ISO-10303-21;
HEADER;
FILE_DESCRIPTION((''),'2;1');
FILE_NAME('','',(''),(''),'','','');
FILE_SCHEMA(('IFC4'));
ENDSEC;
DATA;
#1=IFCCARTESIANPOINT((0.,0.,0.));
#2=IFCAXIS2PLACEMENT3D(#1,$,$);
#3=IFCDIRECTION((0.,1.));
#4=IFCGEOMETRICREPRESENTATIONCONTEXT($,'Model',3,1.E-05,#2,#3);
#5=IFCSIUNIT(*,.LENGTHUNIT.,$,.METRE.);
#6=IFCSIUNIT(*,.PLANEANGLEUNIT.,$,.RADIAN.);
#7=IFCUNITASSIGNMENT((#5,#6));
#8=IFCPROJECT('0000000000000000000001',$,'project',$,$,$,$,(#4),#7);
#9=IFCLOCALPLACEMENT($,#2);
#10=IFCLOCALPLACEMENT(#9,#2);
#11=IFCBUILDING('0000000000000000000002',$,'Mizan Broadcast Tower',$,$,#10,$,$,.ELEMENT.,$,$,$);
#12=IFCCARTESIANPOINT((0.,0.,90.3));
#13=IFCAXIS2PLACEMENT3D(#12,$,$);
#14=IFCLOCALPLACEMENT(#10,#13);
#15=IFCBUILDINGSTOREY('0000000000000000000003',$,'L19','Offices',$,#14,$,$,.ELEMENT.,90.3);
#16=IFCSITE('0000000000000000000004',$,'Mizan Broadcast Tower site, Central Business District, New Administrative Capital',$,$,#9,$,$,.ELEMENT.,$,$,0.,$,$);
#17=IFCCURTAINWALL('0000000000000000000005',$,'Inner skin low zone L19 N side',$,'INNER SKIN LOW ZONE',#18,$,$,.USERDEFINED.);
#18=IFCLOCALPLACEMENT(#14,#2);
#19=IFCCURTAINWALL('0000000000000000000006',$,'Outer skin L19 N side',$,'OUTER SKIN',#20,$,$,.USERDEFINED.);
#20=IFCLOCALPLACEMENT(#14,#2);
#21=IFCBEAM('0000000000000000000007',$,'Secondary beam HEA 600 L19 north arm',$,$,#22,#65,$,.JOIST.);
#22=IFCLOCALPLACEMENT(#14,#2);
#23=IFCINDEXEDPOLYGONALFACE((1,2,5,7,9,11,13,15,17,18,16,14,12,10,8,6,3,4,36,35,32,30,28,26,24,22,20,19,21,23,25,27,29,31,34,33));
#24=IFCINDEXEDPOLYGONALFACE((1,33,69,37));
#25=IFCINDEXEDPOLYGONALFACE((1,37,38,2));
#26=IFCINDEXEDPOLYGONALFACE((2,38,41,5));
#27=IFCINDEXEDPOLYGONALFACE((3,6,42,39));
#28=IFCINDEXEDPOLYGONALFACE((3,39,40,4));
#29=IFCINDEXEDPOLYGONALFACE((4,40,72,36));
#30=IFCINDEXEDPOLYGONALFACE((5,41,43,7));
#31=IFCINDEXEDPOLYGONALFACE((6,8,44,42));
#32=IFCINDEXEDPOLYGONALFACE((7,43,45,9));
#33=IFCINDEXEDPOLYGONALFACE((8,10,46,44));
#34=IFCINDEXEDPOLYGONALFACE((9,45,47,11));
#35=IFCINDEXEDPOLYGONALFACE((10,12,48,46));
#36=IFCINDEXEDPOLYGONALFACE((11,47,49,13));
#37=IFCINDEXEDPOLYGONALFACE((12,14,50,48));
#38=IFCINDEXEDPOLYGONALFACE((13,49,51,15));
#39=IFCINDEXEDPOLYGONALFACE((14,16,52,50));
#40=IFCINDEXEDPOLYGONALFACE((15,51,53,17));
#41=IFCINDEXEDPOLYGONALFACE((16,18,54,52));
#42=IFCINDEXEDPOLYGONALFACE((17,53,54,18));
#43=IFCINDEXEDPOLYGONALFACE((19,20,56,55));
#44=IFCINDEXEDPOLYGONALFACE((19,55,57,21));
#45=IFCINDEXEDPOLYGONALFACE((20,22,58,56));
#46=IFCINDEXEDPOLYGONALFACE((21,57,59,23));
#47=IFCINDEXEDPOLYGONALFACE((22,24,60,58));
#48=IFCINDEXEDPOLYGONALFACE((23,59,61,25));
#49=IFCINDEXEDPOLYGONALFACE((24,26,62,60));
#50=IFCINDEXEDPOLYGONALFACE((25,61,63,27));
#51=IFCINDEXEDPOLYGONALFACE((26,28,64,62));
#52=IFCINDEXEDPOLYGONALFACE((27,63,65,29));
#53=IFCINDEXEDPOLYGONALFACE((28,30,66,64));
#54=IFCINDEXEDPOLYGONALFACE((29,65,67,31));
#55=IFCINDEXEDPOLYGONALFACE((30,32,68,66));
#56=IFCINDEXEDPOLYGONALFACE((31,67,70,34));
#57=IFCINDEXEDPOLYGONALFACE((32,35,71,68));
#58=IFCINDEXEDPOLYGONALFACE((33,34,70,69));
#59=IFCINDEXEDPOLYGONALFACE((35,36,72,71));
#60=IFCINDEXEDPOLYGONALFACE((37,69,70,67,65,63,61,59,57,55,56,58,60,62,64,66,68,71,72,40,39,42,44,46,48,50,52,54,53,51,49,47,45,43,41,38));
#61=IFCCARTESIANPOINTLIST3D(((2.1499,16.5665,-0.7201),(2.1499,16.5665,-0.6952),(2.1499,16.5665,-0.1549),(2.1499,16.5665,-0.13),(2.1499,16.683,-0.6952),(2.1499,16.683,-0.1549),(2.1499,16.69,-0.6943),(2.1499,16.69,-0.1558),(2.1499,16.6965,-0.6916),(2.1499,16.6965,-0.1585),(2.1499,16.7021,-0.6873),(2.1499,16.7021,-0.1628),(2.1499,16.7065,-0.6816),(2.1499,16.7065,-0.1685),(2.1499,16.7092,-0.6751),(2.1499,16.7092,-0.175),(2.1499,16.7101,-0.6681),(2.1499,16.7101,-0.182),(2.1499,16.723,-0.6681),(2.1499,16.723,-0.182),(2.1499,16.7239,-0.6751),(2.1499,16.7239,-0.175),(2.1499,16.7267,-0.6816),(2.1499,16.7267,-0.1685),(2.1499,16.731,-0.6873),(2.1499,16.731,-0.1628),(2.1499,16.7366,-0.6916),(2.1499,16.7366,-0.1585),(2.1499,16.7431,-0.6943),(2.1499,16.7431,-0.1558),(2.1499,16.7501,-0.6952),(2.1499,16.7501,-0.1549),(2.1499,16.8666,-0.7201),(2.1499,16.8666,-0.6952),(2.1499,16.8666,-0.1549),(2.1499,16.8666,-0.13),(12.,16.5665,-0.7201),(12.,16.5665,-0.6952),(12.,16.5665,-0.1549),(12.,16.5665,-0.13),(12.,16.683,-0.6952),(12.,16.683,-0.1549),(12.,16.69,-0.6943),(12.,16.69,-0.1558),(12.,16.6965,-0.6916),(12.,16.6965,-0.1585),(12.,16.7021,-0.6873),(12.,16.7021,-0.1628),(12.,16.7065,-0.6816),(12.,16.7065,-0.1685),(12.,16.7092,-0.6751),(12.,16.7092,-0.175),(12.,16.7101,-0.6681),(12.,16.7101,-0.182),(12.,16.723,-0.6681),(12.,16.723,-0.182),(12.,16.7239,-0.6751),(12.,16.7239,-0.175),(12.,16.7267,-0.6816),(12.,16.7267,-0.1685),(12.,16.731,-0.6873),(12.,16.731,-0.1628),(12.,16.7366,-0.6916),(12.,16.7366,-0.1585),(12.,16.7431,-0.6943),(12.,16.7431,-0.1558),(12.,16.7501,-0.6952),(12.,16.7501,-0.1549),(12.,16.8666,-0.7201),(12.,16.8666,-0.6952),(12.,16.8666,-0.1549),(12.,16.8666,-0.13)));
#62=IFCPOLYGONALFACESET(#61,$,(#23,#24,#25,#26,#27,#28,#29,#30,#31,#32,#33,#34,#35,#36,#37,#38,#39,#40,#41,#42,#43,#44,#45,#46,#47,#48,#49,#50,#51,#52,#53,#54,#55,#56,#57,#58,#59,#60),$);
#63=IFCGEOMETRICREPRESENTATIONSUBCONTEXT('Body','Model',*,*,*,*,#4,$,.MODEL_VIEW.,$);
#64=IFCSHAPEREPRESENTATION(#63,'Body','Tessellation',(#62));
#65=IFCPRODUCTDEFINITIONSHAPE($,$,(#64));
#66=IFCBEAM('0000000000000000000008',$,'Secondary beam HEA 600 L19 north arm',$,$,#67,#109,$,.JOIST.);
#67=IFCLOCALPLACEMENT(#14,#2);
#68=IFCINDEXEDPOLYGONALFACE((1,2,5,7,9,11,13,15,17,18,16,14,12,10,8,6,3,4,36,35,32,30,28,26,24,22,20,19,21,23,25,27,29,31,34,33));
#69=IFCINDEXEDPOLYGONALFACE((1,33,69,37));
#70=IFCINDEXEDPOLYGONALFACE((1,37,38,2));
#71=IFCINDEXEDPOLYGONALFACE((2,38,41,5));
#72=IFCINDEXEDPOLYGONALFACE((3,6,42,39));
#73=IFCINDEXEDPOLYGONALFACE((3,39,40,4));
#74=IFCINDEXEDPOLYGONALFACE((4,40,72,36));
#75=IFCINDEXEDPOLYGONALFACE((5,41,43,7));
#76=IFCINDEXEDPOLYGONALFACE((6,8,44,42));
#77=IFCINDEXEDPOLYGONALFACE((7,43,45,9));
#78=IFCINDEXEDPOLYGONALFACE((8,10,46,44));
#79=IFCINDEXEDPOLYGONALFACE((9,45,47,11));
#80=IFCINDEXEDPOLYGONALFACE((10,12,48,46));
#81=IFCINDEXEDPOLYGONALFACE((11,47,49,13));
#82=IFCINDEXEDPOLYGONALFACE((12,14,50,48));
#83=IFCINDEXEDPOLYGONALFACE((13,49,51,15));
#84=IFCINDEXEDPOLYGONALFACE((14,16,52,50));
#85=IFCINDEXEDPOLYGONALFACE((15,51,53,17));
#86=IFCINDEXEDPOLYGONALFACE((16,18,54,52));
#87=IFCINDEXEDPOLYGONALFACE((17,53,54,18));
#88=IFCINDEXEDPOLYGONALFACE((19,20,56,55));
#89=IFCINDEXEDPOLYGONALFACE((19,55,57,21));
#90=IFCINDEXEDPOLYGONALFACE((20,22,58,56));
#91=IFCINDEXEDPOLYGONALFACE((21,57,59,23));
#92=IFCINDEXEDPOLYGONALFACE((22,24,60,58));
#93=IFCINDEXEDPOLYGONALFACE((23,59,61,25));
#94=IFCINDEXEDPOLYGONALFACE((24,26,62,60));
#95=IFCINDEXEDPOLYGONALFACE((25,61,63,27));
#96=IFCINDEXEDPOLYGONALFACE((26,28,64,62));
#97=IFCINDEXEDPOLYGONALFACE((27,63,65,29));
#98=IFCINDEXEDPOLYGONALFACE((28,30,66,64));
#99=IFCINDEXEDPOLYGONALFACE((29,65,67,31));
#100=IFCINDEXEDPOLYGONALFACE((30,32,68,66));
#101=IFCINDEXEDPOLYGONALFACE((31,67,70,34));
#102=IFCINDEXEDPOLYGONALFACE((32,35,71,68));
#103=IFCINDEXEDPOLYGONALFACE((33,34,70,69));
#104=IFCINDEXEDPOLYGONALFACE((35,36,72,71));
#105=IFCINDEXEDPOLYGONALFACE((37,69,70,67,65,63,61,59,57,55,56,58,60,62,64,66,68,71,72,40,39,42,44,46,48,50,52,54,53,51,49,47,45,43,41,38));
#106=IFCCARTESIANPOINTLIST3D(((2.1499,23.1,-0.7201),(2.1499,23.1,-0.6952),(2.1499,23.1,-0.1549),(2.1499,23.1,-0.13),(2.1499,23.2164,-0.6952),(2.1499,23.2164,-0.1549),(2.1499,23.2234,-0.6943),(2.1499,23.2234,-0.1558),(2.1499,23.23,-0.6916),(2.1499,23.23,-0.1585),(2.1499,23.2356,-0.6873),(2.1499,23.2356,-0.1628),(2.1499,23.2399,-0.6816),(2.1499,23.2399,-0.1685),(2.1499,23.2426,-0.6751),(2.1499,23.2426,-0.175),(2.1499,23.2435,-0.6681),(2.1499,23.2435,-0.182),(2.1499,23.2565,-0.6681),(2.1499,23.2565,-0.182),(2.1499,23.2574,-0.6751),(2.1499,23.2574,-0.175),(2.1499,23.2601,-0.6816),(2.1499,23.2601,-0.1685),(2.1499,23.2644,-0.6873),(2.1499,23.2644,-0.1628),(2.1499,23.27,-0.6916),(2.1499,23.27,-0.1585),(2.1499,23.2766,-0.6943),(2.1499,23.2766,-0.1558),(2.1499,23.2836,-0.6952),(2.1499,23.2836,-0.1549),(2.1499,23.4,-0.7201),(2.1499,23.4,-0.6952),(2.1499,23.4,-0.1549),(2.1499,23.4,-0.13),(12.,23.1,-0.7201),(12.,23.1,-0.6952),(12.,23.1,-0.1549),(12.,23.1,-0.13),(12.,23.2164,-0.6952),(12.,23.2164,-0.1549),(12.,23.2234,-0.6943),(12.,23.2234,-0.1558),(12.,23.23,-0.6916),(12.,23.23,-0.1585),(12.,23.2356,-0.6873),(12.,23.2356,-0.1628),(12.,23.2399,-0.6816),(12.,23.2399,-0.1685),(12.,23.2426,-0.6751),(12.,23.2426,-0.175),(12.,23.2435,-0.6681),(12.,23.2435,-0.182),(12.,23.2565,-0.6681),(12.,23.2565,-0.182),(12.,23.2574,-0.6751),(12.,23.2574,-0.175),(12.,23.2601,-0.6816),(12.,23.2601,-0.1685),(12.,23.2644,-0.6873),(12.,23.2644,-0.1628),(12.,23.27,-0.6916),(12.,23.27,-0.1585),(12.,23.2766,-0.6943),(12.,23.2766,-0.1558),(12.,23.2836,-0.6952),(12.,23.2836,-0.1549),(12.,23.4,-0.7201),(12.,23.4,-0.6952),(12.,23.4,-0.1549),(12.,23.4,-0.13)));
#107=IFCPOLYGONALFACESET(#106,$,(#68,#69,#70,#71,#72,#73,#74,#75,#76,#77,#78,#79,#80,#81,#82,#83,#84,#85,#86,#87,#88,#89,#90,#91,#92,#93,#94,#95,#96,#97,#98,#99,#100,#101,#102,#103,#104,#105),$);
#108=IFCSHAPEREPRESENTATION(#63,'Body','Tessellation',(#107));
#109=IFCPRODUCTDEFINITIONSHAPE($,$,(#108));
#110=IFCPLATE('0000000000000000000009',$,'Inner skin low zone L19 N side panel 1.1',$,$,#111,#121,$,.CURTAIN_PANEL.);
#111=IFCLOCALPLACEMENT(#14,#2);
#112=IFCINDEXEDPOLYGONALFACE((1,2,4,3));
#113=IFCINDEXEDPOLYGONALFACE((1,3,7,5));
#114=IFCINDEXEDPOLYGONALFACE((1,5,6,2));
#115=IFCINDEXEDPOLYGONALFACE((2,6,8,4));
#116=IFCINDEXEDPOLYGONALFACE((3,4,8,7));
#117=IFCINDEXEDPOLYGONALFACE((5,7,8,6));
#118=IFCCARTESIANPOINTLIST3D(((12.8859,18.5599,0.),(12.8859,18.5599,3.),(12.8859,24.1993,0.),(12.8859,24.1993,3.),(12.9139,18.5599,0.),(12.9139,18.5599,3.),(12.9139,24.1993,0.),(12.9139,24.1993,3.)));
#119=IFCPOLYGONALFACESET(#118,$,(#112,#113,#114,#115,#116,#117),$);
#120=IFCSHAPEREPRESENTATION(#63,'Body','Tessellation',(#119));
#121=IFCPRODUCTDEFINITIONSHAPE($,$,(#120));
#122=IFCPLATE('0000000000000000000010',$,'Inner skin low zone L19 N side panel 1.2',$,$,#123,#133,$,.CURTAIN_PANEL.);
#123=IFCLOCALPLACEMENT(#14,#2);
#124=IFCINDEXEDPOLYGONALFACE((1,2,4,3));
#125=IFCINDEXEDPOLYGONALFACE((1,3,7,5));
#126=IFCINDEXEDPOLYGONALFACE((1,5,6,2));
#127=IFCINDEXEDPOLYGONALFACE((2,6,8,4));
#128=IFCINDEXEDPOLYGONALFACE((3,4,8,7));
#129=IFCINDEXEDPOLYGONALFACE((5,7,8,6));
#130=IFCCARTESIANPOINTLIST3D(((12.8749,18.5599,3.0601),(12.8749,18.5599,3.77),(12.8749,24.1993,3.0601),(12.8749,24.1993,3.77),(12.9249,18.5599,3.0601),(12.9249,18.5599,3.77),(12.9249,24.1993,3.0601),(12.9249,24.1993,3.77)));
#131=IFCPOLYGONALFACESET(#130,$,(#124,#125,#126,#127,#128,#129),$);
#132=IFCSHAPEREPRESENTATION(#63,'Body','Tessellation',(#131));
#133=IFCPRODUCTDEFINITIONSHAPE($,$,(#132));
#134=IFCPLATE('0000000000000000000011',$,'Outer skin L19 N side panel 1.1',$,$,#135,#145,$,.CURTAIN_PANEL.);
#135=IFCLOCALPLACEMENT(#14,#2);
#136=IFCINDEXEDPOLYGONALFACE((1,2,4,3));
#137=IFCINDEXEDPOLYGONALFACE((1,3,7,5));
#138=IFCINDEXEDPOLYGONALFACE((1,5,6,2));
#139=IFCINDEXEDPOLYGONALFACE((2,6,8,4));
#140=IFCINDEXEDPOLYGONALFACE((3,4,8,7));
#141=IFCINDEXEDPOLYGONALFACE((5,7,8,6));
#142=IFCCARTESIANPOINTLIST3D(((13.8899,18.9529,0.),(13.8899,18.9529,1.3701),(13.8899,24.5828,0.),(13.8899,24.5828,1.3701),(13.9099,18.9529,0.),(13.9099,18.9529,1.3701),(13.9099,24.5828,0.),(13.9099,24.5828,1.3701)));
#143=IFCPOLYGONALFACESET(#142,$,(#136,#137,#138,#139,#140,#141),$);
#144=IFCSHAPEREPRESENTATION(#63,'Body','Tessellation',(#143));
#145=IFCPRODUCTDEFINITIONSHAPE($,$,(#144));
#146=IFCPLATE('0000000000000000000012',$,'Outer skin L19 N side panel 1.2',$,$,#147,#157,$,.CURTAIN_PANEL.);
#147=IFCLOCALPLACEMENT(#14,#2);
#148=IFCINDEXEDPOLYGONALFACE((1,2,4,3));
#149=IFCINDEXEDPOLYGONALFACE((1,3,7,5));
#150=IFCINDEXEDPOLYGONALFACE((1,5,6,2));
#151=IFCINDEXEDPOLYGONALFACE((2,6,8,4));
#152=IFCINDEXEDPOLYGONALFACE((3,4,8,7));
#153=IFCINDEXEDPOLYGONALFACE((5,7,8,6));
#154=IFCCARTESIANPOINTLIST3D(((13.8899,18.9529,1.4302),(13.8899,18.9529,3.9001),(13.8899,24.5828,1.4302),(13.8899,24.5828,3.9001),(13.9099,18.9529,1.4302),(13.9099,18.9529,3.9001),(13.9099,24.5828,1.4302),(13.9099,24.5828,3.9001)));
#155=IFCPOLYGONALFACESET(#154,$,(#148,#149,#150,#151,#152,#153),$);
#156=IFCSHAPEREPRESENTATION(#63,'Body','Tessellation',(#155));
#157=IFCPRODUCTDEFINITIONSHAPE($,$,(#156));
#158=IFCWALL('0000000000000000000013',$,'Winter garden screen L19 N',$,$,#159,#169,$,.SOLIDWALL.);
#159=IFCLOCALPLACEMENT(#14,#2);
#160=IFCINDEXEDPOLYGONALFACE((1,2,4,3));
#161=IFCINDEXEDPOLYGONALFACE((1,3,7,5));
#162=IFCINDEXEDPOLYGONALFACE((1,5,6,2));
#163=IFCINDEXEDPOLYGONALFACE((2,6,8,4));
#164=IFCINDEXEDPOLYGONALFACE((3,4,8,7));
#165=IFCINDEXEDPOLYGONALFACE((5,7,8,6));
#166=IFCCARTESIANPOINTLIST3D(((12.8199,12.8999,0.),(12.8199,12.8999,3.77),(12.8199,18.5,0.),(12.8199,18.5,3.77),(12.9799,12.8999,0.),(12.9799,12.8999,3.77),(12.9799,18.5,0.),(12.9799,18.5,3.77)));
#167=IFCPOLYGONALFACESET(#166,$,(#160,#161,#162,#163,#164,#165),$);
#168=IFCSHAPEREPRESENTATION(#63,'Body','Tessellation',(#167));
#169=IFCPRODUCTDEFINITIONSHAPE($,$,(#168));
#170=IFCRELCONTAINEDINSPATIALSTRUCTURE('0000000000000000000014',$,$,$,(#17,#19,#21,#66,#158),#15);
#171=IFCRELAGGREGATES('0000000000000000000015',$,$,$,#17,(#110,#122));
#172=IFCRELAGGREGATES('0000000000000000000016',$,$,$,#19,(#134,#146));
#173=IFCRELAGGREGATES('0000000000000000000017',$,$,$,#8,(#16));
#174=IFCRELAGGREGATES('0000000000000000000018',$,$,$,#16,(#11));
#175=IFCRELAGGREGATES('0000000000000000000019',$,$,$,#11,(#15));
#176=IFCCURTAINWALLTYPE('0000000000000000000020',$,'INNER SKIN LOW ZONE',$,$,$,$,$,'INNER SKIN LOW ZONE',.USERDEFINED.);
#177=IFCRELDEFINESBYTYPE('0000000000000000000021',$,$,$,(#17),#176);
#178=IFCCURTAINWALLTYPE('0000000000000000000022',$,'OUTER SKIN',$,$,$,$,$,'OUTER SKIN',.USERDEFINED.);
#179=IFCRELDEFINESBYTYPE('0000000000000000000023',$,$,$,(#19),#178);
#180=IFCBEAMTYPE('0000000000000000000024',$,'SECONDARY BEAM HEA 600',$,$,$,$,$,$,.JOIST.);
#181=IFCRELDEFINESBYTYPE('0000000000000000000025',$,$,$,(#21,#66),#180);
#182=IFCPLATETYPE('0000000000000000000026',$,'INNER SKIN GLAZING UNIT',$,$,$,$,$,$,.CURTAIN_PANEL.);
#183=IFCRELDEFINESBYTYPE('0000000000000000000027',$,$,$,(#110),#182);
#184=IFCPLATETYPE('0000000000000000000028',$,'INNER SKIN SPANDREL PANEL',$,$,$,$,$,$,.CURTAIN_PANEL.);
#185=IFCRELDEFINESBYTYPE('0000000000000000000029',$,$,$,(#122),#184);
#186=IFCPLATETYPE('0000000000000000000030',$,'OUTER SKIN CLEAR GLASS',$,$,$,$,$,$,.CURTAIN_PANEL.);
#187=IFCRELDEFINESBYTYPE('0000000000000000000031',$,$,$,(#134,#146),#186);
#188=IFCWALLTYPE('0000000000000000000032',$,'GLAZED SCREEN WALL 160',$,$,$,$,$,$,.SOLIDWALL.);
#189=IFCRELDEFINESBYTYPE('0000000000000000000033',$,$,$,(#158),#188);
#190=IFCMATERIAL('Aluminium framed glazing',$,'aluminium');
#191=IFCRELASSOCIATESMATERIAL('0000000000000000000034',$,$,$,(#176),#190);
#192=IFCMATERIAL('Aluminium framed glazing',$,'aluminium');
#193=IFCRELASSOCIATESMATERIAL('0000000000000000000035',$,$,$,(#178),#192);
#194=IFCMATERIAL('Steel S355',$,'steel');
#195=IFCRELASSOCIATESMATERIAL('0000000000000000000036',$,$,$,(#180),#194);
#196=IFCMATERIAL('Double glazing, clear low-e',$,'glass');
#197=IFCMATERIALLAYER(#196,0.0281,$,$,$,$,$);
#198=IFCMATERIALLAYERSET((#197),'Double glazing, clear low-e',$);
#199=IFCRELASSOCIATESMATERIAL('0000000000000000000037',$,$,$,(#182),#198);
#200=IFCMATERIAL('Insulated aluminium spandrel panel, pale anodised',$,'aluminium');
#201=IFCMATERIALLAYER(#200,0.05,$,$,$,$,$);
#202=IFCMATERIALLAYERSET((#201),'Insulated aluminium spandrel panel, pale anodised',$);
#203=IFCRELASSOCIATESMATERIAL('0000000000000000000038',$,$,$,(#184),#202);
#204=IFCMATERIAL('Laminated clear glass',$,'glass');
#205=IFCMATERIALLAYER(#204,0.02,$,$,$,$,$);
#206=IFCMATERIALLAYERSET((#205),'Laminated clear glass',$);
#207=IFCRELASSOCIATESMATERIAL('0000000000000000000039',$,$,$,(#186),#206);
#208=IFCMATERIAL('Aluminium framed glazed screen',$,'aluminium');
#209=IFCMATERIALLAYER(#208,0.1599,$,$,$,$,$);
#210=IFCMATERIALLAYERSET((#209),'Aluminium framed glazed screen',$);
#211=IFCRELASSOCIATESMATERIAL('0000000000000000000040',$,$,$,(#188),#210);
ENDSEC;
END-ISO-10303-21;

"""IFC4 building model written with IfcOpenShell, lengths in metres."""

from ifc_helpers import new_model, si_unit, direction, frame, frame_2d, origin, origin_2d, place, context, subcontext, project, spatial, rectangle, i_section, extrude, material, layer, layer_set, material_profile, profile_set, type_object, element, aggregate, save


model = new_model("IFC4")

# Units and contexts
model_context = context("Model", 3, precision=1e-05, world=origin(), true_north=direction((0.0, 1.0)))
body_context = subcontext(model_context, "Body", "Model", "MODEL_VIEW")
ifc_project = project(units=[si_unit("LENGTHUNIT", "METRE"), si_unit("PLANEANGLEUNIT", "RADIAN")], contexts=[model_context])

# Site, building, storey
site_placement = place(None, origin())
site = spatial("IfcSite", under=ifc_project, at=site_placement, Name="Mizan Broadcast Tower site, Central Business District, New Administrative Capital", CompositionType="ELEMENT", RefElevation=0.0)
building_placement = place(site_placement, origin())
building = spatial("IfcBuilding", under=site, at=building_placement, Name="Mizan Broadcast Tower", CompositionType="ELEMENT")
storey_placement = place(building_placement, frame((0.0, 0.0, 90.3)))
storey = spatial("IfcBuildingStorey", under=building, at=storey_placement, Name="L19", Description="Offices", CompositionType="ELEMENT", Elevation=90.3)

# Curtain wall
ifc_material_1 = material(Name="Aluminium framed glazing", Category="aluminium")
curtain_wall_type_1 = type_object("IfcCurtainWallType", Name="INNER SKIN LOW ZONE", ElementType="INNER SKIN LOW ZONE", PredefinedType="USERDEFINED", material=ifc_material_1)
curtain_wall_1_placement = place(storey_placement, origin())
curtain_wall_1 = element("IfcCurtainWall", 1, at=curtain_wall_1_placement, inside=storey, type_object=curtain_wall_type_1, Name="Inner skin low zone L19 N side", ObjectType="INNER SKIN LOW ZONE", PredefinedType="USERDEFINED")

# Curtain wall
ifc_material_2 = material(Name="Aluminium framed glazing", Category="aluminium")
curtain_wall_type_2 = type_object("IfcCurtainWallType", Name="OUTER SKIN", ElementType="OUTER SKIN", PredefinedType="USERDEFINED", material=ifc_material_2)
curtain_wall_2_placement = place(storey_placement, origin())
curtain_wall_2 = element("IfcCurtainWall", 2, at=curtain_wall_2_placement, inside=storey, type_object=curtain_wall_type_2, Name="Outer skin L19 N side", ObjectType="OUTER SKIN", PredefinedType="USERDEFINED")

# Beams
ifc_material_3 = material(Name="Steel S355", Category="steel")
ifc_material_profile_1 = material_profile(ifc_material_3, i_section(OverallWidth=0.3, OverallDepth=0.5901, WebThickness=0.0129, FlangeThickness=0.0249, FilletRadius=0.0271, at=origin_2d()), Name="HEA 600")
ifc_profile_set_1 = profile_set([ifc_material_profile_1], Name="Steel S355")
beam_type_1 = type_object("IfcBeamType", Name="SECONDARY BEAM HEA 600", PredefinedType="JOIST", material=ifc_profile_set_1)
for number, where, z_axis, x_axis, name in (
    (3, (12.0, 16.7166, -0.425), (-1.0, 0.0, 0.0), (0.0, -1.0, 0.0), "Secondary beam HEA 600 L19 north arm"),
    (4, (12.0, 23.25, -0.425), (-1.0, 0.0, 0.0), (0.0, -1.0, 0.0), "Secondary beam HEA 600 L19 north arm"),
):
    element("IfcBeam", number, at=place(storey_placement, frame(where, z_axis=z_axis, x_axis=x_axis)), inside=storey, type_object=beam_type_1, Name=name, PredefinedType="JOIST", context=body_context, shape_type="SweptSolid", body=[
        extrude(i_section(OverallWidth=0.3, OverallDepth=0.5901, WebThickness=0.0129, FlangeThickness=0.0249, FilletRadius=0.0271, at=origin_2d()), origin(), (0.0, 0.0, 1.0), 9.8501),
    ])

# Plates
ifc_material_4 = material(Name="Double glazing, clear low-e", Category="glass")
ifc_layer_1 = layer(ifc_material_4, 0.0281)
ifc_layer_set_1 = layer_set([ifc_layer_1], Name="Double glazing, clear low-e")
plate_type_1 = type_object("IfcPlateType", Name="INNER SKIN GLAZING UNIT", PredefinedType="CURTAIN_PANEL", material=ifc_layer_set_1)
plate_1_placement = place(storey_placement, frame((12.8999, 21.3796, 0.0), z_axis=(0.0, 0.0, 1.0), x_axis=(0.0, 1.0, 0.0)))
plate_1 = element("IfcPlate", 5, at=plate_1_placement, type_object=plate_type_1, Name="Inner skin low zone L19 N side panel 1.1", PredefinedType="CURTAIN_PANEL", context=body_context, shape_type="SweptSolid", body=[
    extrude(rectangle(XDim=5.6394, YDim=0.0281, at=origin_2d()), origin(), (0.0, 0.0, 1.0), 3.0),
])
ifc_material_5 = material(Name="Insulated aluminium spandrel panel, pale anodised", Category="aluminium")
ifc_layer_2 = layer(ifc_material_5, 0.05)
ifc_layer_set_2 = layer_set([ifc_layer_2], Name="Insulated aluminium spandrel panel, pale anodised")
plate_type_2 = type_object("IfcPlateType", Name="INNER SKIN SPANDREL PANEL", PredefinedType="CURTAIN_PANEL", material=ifc_layer_set_2)
plate_2_placement = place(storey_placement, frame((12.8999, 21.3796, 3.0601), z_axis=(0.0, 0.0, 1.0), x_axis=(0.0, 1.0, 0.0)))
plate_2 = element("IfcPlate", 6, at=plate_2_placement, type_object=plate_type_2, Name="Inner skin low zone L19 N side panel 1.2", PredefinedType="CURTAIN_PANEL", context=body_context, shape_type="SweptSolid", body=[
    extrude(rectangle(XDim=5.6394, YDim=0.05, at=origin_2d()), origin(), (0.0, 0.0, 1.0), 0.71),
])
aggregate(curtain_wall_1, [plate_1, plate_2])
ifc_material_6 = material(Name="Laminated clear glass", Category="glass")
ifc_layer_3 = layer(ifc_material_6, 0.02)
ifc_layer_set_3 = layer_set([ifc_layer_3], Name="Laminated clear glass")
plate_type_3 = type_object("IfcPlateType", Name="OUTER SKIN CLEAR GLASS", PredefinedType="CURTAIN_PANEL", material=ifc_layer_set_3)
plate_3_placement = place(storey_placement, frame((13.8999, 21.7678, 0.0), z_axis=(0.0, 0.0, 1.0), x_axis=(0.0, 1.0, 0.0)))
plate_3 = element("IfcPlate", 7, at=plate_3_placement, type_object=plate_type_3, Name="Outer skin L19 N side panel 1.1", PredefinedType="CURTAIN_PANEL", context=body_context, shape_type="SweptSolid", body=[
    extrude(rectangle(XDim=5.6299, YDim=0.02, at=origin_2d()), origin(), (0.0, 0.0, 1.0), 1.3701),
])
plate_4_placement = place(storey_placement, frame((13.8999, 21.7678, 1.4302), z_axis=(0.0, 0.0, 1.0), x_axis=(0.0, 1.0, 0.0)))
plate_4 = element("IfcPlate", 8, at=plate_4_placement, type_object=plate_type_3, Name="Outer skin L19 N side panel 1.2", PredefinedType="CURTAIN_PANEL", context=body_context, shape_type="SweptSolid", body=[
    extrude(rectangle(XDim=5.6299, YDim=0.02, at=origin_2d()), origin(), (0.0, 0.0, 1.0), 2.47),
])
aggregate(curtain_wall_2, [plate_3, plate_4])

# Wall
ifc_material_7 = material(Name="Aluminium framed glazed screen", Category="aluminium")
ifc_layer_4 = layer(ifc_material_7, 0.1599)
ifc_layer_set_4 = layer_set([ifc_layer_4], Name="Aluminium framed glazed screen")
wall_type_1 = type_object("IfcWallType", Name="GLAZED SCREEN WALL 160", PredefinedType="SOLIDWALL", material=ifc_layer_set_4)
wall_1_placement = place(storey_placement, frame((12.8999, 12.8999, 0.0), z_axis=(0.0, 0.0, 1.0), x_axis=(0.0, 1.0, 0.0)))
element("IfcWall", 9, at=wall_1_placement, inside=storey, type_object=wall_type_1, Name="Winter garden screen L19 N", PredefinedType="SOLIDWALL", context=body_context, shape_type="SweptSolid", body=[
    extrude(rectangle(XDim=5.6001, YDim=0.1599, at=frame_2d((2.8, 0.0))), origin(), (0.0, 0.0, 1.0), 3.77),
])

save(model, "model.ifc")
